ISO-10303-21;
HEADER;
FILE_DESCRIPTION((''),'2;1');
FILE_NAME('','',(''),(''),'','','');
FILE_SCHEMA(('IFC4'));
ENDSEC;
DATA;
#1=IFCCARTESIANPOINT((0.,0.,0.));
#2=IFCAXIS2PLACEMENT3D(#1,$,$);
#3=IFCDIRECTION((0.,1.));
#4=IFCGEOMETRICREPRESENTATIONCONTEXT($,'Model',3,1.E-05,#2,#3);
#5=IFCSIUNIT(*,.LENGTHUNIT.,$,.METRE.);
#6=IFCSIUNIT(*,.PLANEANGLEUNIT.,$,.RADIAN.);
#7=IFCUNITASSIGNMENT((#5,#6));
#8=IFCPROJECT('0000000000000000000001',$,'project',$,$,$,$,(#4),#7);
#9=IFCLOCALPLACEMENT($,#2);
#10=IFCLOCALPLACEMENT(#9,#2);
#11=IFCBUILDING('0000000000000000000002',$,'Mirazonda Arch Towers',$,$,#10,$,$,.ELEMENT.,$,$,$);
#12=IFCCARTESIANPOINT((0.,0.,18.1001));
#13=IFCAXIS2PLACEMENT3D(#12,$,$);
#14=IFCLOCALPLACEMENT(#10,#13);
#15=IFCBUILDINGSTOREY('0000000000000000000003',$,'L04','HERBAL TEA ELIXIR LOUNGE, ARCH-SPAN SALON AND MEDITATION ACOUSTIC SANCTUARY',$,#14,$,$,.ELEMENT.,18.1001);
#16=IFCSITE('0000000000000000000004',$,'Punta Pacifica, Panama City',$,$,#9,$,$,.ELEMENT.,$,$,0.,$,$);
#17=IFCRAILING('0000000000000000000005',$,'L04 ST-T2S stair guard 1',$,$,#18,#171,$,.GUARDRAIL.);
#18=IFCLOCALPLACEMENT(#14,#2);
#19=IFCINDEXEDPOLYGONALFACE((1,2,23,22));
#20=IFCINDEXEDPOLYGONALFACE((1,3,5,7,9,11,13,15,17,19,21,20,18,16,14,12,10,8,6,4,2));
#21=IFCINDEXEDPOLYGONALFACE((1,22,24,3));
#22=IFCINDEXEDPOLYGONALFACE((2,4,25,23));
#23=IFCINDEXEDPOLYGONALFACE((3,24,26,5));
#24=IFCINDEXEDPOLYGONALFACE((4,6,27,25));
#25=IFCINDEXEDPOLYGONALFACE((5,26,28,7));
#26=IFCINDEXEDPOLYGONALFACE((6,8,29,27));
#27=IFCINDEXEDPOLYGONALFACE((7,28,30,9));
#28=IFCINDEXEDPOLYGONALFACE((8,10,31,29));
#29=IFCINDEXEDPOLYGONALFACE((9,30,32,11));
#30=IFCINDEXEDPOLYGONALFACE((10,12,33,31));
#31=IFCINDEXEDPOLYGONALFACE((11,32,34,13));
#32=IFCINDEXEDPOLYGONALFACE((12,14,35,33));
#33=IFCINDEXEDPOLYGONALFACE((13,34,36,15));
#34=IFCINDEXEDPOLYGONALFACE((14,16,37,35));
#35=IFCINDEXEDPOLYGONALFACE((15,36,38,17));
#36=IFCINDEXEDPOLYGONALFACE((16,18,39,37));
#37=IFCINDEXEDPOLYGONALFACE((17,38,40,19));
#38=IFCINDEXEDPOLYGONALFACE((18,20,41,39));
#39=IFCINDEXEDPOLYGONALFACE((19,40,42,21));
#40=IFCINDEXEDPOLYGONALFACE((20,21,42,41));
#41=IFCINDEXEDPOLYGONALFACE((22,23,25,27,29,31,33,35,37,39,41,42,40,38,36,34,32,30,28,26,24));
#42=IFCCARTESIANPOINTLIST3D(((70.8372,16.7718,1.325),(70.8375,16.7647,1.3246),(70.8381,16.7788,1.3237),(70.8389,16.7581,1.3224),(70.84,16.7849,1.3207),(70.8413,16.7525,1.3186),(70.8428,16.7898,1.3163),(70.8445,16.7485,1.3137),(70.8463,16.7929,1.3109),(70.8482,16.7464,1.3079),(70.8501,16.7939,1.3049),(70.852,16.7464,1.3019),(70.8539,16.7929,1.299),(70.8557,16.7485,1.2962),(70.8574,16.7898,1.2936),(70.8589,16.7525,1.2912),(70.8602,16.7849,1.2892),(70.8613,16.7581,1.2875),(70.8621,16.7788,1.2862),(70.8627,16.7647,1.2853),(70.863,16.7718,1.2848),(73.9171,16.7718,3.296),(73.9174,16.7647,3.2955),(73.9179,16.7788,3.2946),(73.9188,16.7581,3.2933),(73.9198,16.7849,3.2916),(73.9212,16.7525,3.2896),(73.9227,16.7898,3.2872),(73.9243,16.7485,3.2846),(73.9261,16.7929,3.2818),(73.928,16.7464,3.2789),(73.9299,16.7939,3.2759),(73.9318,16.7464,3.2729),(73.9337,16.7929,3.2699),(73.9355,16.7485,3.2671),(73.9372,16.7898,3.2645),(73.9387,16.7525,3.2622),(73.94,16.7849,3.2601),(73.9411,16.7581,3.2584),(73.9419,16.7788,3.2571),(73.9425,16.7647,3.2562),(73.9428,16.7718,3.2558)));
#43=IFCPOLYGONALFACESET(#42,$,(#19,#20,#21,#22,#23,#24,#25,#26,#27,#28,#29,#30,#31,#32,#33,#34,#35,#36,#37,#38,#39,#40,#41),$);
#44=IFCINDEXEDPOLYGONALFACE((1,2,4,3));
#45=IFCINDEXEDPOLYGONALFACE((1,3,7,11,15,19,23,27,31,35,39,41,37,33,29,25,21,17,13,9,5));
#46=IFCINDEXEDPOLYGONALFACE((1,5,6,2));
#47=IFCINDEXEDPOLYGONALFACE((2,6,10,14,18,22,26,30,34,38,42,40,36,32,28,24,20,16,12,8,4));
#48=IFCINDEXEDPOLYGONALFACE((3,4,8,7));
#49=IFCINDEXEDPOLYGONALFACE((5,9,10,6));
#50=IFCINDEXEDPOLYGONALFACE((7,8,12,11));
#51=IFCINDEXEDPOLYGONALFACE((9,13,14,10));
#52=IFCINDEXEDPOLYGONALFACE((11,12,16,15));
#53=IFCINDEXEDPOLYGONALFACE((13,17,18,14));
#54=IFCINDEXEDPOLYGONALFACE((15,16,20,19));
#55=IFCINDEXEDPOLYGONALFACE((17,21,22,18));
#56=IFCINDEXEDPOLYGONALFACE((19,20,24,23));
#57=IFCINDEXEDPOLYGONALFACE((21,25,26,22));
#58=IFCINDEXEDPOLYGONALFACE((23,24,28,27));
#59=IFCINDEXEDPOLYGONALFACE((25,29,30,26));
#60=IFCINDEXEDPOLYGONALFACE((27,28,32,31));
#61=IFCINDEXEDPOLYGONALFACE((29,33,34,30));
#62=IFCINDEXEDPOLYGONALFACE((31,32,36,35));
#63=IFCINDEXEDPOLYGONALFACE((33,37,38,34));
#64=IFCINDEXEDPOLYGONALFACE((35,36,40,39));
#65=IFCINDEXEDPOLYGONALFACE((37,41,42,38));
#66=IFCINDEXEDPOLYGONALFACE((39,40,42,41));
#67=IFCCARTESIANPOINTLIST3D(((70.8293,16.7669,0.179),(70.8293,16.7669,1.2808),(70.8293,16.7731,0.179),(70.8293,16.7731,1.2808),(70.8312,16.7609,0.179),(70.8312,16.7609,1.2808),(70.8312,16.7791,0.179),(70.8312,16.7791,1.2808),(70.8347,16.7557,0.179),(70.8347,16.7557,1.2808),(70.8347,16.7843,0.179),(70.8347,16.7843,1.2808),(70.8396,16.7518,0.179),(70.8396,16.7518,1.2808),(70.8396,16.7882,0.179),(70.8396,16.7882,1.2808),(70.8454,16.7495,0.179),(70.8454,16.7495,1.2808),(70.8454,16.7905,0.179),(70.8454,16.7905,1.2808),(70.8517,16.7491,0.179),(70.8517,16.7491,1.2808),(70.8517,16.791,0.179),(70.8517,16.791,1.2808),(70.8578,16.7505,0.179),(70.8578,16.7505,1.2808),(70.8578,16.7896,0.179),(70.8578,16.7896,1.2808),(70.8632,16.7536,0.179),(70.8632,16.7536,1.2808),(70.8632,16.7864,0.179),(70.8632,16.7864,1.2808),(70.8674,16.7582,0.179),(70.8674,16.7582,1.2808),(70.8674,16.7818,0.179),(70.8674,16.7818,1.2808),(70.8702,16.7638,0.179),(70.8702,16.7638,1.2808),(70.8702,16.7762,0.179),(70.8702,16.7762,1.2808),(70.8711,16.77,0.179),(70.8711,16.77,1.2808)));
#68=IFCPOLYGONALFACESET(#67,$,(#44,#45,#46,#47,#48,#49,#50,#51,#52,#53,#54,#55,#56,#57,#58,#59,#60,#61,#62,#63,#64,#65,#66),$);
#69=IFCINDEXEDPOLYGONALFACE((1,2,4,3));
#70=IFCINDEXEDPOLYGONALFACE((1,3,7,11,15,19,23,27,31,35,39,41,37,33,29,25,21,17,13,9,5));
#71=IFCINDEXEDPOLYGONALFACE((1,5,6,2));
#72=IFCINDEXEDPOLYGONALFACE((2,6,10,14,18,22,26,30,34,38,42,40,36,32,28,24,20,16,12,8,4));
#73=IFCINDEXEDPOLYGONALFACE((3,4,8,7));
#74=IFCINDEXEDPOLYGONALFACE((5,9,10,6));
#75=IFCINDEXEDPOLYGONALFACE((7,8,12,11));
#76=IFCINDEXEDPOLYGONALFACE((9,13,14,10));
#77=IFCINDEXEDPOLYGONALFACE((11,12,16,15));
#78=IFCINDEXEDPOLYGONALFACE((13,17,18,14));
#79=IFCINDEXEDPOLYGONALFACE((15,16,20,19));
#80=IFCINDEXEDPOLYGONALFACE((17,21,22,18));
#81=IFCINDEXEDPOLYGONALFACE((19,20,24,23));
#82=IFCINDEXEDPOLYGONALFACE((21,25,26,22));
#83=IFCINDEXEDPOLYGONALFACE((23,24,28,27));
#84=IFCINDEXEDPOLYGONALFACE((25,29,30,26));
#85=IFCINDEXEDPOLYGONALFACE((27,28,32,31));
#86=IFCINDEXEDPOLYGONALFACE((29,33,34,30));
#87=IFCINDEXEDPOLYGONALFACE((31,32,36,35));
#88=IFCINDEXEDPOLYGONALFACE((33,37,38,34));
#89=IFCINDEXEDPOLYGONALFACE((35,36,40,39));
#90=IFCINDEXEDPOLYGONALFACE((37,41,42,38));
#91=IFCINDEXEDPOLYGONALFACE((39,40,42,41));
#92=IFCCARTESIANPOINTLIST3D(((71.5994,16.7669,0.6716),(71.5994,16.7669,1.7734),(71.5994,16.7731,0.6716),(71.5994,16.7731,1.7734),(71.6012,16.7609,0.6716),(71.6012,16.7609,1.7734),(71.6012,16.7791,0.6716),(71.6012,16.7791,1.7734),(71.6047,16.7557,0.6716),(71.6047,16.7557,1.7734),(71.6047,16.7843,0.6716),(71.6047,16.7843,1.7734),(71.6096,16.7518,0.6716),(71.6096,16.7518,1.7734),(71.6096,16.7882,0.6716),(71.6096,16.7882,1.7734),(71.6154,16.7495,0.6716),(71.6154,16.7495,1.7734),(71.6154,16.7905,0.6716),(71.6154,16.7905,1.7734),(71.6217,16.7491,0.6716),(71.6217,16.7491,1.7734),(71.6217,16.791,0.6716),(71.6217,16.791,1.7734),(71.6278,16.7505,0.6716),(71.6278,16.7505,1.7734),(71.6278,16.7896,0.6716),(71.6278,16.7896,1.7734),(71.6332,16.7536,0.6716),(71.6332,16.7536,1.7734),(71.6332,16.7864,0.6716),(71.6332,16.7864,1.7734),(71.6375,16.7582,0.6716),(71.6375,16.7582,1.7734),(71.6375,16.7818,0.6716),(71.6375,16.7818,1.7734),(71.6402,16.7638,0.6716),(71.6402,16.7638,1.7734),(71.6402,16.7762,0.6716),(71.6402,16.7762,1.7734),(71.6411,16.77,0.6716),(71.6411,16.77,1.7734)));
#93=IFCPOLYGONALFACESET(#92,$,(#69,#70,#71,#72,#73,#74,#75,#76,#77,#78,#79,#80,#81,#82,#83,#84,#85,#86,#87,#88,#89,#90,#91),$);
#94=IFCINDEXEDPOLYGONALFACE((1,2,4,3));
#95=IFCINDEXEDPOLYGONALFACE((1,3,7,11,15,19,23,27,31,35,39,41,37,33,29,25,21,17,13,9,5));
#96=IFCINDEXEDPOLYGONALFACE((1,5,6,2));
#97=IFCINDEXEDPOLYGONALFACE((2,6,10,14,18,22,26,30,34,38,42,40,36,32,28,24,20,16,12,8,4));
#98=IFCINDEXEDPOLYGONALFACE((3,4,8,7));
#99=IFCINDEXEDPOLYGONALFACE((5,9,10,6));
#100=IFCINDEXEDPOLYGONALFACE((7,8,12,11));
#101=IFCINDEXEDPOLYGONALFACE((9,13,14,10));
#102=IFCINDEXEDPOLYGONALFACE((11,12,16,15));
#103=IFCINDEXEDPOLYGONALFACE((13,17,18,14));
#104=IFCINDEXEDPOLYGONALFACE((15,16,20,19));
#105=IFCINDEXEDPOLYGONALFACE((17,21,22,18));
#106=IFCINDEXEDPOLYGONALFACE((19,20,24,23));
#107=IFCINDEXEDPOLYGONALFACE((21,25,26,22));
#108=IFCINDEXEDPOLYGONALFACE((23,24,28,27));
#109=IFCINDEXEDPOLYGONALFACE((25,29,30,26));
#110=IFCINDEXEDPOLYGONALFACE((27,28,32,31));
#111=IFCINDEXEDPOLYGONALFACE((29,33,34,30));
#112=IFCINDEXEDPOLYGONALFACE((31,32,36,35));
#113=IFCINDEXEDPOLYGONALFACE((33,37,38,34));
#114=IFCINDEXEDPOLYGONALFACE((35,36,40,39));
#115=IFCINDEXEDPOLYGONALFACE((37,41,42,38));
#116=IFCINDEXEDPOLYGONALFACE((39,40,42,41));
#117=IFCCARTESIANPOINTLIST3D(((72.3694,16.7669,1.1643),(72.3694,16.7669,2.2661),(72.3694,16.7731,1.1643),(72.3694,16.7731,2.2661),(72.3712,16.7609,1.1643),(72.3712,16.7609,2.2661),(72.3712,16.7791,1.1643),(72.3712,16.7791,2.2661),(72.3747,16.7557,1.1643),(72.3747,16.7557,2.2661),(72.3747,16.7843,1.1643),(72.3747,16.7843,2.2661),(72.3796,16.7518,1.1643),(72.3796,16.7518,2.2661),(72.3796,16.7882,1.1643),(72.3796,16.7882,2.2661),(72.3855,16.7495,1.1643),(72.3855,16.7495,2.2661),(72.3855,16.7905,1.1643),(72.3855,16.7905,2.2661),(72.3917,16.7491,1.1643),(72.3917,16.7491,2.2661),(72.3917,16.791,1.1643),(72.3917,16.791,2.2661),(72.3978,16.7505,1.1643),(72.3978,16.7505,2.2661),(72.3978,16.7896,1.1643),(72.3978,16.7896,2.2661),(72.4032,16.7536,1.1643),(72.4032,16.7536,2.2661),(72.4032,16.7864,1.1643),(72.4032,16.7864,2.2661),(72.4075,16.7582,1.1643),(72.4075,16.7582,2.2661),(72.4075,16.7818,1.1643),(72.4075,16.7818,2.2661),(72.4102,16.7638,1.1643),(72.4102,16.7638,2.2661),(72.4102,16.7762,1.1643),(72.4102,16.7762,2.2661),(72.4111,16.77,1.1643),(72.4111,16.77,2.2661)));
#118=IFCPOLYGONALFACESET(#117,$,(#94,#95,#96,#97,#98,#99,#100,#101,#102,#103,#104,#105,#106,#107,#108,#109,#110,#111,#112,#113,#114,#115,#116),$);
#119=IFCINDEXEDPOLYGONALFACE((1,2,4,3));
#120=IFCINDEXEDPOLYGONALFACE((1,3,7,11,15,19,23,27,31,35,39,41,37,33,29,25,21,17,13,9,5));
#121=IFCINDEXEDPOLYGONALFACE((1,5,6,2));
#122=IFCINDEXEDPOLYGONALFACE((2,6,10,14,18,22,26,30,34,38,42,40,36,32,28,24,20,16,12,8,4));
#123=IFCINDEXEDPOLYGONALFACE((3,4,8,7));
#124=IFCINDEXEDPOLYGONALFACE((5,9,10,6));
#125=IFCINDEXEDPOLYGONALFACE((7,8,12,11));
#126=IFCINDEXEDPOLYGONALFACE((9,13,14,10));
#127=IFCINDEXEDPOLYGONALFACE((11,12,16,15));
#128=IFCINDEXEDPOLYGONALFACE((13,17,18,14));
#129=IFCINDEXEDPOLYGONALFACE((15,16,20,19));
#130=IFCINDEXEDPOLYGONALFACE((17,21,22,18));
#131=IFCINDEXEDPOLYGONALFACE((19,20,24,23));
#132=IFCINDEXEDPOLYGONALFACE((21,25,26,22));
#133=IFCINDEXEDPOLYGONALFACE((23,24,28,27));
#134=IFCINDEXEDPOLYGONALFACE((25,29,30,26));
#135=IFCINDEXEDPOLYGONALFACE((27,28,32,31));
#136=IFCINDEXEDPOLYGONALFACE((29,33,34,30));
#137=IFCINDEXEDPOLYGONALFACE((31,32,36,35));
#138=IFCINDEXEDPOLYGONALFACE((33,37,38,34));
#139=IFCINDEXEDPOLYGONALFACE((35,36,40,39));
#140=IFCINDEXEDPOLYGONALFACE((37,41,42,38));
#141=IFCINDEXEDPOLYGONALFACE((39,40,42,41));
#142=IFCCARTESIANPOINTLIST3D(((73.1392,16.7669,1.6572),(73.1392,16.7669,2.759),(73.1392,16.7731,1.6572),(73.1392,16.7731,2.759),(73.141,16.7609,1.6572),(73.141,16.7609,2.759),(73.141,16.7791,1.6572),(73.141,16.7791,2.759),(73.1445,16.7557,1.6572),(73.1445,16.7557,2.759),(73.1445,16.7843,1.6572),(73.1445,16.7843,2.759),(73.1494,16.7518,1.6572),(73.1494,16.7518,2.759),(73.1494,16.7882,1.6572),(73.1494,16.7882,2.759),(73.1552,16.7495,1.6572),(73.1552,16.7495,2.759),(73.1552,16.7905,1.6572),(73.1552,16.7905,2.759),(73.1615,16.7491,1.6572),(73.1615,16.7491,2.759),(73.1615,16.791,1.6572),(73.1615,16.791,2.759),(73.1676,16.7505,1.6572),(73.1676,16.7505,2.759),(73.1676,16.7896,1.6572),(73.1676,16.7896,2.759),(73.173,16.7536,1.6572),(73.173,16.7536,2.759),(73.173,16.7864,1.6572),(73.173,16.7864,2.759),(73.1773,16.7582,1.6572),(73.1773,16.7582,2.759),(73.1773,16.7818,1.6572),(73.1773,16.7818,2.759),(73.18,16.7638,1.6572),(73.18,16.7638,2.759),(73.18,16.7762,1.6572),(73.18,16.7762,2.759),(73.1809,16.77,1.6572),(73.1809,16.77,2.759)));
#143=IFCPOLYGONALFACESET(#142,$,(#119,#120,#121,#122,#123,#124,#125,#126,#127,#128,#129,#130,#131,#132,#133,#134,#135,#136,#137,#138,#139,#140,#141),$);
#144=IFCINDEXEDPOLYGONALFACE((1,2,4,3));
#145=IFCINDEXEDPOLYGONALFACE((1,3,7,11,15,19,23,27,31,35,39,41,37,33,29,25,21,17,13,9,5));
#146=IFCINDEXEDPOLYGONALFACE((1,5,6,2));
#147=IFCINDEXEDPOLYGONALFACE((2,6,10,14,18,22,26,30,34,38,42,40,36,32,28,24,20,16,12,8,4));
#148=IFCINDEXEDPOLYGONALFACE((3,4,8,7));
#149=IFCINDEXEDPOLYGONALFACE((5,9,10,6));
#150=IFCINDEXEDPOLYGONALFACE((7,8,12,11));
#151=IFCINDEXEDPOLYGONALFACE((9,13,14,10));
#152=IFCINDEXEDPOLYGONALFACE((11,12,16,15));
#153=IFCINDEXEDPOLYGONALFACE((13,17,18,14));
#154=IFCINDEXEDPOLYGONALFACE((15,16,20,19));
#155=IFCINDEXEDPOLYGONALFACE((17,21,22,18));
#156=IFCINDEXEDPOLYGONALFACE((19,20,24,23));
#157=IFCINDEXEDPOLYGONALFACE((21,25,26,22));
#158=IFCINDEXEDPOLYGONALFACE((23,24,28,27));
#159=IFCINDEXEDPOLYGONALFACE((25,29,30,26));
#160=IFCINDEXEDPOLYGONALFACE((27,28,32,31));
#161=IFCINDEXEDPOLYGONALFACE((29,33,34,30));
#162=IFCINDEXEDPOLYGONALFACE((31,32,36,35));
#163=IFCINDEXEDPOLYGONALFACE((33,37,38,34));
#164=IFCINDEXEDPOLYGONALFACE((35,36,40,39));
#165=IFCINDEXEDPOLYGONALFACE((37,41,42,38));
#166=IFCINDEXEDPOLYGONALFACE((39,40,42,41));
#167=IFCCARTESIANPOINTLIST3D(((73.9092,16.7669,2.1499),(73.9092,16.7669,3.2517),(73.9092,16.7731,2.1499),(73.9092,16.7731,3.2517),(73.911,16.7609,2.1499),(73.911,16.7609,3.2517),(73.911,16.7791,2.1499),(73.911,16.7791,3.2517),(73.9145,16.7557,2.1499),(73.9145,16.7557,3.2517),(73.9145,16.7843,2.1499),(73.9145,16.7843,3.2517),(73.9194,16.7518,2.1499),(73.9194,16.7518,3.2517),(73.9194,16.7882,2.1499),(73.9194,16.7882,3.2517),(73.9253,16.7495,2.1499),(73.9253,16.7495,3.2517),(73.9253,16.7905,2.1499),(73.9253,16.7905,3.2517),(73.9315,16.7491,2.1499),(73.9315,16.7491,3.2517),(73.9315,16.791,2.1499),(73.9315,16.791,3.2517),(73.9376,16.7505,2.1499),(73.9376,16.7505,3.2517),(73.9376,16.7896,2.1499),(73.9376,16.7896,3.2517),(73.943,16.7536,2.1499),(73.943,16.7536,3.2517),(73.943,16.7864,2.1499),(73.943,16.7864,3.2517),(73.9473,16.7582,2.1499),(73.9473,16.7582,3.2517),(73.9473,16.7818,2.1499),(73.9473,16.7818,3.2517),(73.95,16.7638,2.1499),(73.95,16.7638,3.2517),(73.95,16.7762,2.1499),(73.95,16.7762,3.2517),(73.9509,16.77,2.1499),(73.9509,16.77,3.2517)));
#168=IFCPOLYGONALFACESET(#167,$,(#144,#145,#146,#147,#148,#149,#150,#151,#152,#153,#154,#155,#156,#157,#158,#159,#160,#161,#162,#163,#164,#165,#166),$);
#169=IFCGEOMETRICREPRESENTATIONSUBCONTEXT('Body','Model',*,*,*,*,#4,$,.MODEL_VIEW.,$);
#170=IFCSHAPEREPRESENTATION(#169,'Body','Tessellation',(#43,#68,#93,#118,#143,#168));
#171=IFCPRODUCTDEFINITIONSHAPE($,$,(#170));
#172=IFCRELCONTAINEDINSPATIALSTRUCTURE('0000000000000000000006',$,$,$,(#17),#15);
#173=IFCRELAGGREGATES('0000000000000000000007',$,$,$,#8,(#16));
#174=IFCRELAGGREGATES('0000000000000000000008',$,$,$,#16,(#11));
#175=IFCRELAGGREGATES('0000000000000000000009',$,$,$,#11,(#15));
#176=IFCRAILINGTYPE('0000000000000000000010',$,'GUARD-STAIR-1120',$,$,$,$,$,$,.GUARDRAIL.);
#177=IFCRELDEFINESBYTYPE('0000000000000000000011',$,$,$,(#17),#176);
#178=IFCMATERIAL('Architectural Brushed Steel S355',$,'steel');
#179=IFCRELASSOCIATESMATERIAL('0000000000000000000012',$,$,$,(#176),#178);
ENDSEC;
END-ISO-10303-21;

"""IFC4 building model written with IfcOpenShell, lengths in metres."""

from ifc_helpers import new_model, si_unit, direction, frame, origin, origin_2d, place, context, subcontext, project, spatial, circle, extrude, material, type_object, element, save


model = new_model("IFC4")

# Units and contexts
model_context = context("Model", 3, precision=1e-05, world=origin(), true_north=direction((0.0, 1.0)))
body_context = subcontext(model_context, "Body", "Model", "MODEL_VIEW")
ifc_project = project(units=[si_unit("LENGTHUNIT", "METRE"), si_unit("PLANEANGLEUNIT", "RADIAN")], contexts=[model_context])

# Site, building, storey
site_placement = place(None, origin())
site = spatial("IfcSite", under=ifc_project, at=site_placement, Name="Punta Pacifica, Panama City", CompositionType="ELEMENT", RefElevation=0.0)
building_placement = place(site_placement, origin())
building = spatial("IfcBuilding", under=site, at=building_placement, Name="Mirazonda Arch Towers", CompositionType="ELEMENT")
storey_placement = place(building_placement, frame((0.0, 0.0, 18.1001)))
storey = spatial("IfcBuildingStorey", under=building, at=storey_placement, Name="L04", Description="HERBAL TEA ELIXIR LOUNGE, ARCH-SPAN SALON AND MEDITATION ACOUSTIC SANCTUARY", CompositionType="ELEMENT", Elevation=18.1001)

# Railing
ifc_material_1 = material(Name="Architectural Brushed Steel S355", Category="steel")
railing_type_1 = type_object("IfcRailingType", Name="GUARD-STAIR-1120", PredefinedType="GUARDRAIL", material=ifc_material_1)
railing_1_placement = place(storey_placement, frame((70.8501, 16.77, 0.179)))
element("IfcRailing", 1, at=railing_1_placement, inside=storey, type_object=railing_type_1, Name="L04 ST-T2S stair guard 1", PredefinedType="GUARDRAIL", context=body_context, shape_type="SweptSolid", body=[
    extrude(circle(Radius=0.0239, at=origin_2d()), frame((0.0, 0.0, 1.126), z_axis=(0.84229, 0.0, 0.539025), x_axis=(0.0, 1.0, 0.0)), (0.0, 0.0, 1.0), 3.6565),
    extrude(circle(Radius=0.021, at=origin_2d()), origin(), (0.0, 0.0, 1.0), 1.1018),
    extrude(circle(Radius=0.021, at=origin_2d()), frame((0.77, 0.0, 0.4927)), (0.0, 0.0, 1.0), 1.1018),
    extrude(circle(Radius=0.021, at=origin_2d()), frame((1.54, 0.0, 0.9854)), (0.0, 0.0, 1.0), 1.1018),
    extrude(circle(Radius=0.021, at=origin_2d()), frame((2.3098, 0.0, 1.4783)), (0.0, 0.0, 1.0), 1.1018),
    extrude(circle(Radius=0.021, at=origin_2d()), frame((3.0798, 0.0, 1.9709)), (0.0, 0.0, 1.0), 1.1018),
])

save(model, "model.ifc")
